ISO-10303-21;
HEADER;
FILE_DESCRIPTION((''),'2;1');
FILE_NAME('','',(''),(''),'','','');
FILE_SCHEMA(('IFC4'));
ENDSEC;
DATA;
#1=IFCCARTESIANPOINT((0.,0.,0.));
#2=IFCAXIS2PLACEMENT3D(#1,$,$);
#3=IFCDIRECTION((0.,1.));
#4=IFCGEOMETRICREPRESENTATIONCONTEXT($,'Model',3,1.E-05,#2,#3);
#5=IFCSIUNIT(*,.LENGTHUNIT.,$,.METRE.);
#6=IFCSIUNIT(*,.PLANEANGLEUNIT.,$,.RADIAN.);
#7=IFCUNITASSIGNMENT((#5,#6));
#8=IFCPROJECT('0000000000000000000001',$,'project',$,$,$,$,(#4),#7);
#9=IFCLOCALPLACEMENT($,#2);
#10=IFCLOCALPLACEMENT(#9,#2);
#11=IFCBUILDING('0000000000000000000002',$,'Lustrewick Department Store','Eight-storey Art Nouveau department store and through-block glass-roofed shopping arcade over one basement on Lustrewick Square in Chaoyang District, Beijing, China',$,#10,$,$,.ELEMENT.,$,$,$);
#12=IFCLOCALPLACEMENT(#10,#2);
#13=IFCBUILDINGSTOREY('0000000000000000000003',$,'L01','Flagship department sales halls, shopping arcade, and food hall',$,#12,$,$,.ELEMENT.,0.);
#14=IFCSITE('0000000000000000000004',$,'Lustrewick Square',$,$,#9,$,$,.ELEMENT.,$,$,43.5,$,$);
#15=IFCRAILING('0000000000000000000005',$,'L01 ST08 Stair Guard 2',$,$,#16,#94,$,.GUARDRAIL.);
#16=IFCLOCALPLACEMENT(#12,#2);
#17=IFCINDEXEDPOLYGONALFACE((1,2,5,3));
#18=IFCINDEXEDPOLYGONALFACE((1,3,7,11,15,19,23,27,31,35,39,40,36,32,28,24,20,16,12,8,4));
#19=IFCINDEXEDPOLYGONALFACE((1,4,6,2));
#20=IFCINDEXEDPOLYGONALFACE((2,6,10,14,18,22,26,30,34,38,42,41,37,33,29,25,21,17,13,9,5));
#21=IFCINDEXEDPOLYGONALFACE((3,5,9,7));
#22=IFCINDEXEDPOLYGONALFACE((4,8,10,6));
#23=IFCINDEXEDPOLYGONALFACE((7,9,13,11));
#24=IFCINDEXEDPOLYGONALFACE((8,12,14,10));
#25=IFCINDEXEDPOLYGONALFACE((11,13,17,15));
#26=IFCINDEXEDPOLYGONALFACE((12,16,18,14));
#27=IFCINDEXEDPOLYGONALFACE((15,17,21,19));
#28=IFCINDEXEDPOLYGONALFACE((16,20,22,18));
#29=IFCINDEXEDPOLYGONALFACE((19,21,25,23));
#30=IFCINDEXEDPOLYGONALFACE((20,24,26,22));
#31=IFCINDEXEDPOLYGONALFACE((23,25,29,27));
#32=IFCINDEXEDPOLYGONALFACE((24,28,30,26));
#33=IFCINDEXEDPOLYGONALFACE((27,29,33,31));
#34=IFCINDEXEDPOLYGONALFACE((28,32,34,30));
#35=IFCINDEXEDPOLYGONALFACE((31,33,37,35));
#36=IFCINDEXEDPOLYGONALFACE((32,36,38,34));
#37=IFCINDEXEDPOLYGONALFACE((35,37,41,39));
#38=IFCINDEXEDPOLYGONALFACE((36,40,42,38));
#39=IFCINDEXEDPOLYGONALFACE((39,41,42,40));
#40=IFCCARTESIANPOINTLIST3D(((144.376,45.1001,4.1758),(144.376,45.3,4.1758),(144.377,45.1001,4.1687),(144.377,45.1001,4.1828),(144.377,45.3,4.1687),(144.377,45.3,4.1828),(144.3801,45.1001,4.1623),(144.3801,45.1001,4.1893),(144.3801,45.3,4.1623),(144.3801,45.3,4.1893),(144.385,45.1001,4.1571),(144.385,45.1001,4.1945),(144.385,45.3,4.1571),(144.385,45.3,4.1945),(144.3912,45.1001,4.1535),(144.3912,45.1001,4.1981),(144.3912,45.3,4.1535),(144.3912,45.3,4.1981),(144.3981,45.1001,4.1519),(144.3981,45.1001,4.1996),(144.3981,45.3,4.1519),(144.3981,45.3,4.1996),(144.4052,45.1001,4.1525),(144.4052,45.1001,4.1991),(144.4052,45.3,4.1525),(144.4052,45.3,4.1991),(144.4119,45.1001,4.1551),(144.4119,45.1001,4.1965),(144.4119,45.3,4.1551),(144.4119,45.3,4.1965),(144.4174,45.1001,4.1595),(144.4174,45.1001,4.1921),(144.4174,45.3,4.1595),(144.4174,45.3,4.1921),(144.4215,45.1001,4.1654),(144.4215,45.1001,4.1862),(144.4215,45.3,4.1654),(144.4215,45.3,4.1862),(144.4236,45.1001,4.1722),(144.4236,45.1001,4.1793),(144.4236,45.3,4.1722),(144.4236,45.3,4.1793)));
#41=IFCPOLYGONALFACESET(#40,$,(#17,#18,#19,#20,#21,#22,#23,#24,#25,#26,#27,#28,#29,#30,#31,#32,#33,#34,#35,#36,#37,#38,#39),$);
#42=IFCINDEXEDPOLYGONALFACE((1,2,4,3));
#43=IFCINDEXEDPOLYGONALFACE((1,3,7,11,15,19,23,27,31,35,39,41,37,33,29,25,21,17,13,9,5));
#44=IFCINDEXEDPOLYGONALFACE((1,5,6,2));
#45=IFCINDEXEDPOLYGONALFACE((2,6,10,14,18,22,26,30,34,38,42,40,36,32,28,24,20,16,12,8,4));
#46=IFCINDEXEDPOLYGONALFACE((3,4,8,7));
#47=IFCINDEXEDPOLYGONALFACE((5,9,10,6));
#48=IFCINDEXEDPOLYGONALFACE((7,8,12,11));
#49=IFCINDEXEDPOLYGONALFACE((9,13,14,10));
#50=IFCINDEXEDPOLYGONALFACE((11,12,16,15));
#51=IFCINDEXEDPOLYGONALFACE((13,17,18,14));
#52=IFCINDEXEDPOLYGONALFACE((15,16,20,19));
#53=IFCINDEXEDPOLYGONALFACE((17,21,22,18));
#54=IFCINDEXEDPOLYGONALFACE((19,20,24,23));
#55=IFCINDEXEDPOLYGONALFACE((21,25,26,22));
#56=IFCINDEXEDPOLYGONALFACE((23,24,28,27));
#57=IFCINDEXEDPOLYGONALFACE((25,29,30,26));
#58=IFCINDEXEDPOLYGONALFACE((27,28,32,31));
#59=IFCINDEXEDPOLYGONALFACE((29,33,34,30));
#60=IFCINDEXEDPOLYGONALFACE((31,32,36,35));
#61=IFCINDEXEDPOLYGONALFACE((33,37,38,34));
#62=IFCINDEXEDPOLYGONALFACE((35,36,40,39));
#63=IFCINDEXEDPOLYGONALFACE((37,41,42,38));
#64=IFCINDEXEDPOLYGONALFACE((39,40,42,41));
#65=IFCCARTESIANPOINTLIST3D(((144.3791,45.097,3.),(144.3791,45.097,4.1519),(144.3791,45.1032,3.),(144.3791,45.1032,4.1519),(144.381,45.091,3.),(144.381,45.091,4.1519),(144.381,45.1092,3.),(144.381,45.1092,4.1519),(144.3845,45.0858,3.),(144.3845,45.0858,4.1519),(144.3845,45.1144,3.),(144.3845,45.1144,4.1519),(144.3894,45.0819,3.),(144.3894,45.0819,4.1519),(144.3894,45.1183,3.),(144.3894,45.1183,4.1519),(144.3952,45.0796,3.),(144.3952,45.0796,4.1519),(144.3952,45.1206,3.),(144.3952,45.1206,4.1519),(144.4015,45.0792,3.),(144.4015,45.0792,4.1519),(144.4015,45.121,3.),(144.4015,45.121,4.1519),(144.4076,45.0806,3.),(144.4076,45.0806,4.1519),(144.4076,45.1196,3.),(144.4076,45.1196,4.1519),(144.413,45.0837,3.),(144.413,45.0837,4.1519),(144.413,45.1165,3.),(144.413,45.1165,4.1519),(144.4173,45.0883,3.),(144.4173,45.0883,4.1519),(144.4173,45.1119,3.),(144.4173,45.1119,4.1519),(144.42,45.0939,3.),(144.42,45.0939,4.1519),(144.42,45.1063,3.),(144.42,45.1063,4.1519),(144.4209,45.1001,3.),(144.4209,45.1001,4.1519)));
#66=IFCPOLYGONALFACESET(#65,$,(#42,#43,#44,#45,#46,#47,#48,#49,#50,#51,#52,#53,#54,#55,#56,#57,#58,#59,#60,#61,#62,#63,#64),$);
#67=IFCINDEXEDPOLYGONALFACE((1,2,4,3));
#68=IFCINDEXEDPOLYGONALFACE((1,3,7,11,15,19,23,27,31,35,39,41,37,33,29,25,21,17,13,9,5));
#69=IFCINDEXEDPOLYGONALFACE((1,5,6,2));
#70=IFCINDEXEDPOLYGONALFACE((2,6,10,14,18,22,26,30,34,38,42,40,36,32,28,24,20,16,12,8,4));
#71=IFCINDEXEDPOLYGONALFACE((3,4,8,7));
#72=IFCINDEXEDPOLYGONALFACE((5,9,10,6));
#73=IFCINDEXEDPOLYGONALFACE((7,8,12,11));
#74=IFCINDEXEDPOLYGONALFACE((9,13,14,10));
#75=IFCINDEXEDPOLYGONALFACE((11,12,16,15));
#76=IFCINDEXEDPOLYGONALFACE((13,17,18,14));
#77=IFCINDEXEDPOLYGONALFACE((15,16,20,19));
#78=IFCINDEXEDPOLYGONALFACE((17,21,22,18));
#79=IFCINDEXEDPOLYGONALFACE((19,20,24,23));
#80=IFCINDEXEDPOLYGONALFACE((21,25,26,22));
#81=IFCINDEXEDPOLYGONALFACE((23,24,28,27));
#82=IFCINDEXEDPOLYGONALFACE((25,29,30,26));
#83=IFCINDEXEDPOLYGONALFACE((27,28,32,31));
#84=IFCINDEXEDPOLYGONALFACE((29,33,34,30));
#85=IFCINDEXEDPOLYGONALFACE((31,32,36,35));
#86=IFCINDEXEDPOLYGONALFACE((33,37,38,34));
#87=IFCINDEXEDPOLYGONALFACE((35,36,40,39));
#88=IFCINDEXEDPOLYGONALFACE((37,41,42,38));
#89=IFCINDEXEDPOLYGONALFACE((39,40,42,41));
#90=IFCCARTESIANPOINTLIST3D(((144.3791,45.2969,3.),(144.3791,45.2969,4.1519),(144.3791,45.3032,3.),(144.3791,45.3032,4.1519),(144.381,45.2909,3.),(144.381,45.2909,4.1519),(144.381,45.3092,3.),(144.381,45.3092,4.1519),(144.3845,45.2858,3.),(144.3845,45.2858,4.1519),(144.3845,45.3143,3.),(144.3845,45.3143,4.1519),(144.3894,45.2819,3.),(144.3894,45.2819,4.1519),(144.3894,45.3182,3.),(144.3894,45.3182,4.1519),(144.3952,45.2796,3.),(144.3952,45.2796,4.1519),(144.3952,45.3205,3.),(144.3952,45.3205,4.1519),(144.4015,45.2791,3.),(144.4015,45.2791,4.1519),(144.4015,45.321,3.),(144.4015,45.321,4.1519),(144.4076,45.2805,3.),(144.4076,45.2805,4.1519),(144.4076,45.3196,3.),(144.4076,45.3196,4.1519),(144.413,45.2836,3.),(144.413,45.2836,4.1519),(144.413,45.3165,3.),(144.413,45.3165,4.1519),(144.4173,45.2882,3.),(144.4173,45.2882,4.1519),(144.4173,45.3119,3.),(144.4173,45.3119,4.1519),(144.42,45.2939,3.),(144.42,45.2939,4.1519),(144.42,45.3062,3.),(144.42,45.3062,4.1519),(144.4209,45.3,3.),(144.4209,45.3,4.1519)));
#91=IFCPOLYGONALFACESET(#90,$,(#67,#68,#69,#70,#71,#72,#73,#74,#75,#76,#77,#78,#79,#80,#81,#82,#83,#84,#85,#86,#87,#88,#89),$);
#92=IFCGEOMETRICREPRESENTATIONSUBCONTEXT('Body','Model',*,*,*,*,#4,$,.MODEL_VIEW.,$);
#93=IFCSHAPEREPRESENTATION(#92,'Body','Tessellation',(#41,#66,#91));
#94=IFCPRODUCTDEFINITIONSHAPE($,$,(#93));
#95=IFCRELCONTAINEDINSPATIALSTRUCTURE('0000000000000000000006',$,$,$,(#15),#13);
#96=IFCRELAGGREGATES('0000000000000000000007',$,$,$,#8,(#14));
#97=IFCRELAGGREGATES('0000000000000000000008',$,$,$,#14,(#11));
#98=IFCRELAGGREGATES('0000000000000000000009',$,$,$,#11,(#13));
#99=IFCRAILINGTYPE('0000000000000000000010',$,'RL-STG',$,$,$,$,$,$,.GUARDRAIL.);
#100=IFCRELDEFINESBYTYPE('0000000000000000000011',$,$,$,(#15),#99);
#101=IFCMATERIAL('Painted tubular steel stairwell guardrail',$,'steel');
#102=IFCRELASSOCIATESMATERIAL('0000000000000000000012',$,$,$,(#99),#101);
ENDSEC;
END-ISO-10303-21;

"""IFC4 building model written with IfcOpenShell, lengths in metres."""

from ifc_helpers import new_model, si_unit, direction, frame, origin, origin_2d, place, context, subcontext, project, spatial, circle, extrude, material, type_object, element, save


model = new_model("IFC4")

# Units and contexts
model_context = context("Model", 3, precision=1e-05, world=origin(), true_north=direction((0.0, 1.0)))
body_context = subcontext(model_context, "Body", "Model", "MODEL_VIEW")
ifc_project = project(units=[si_unit("LENGTHUNIT", "METRE"), si_unit("PLANEANGLEUNIT", "RADIAN")], contexts=[model_context])

# Site, building, storey
site_placement = place(None, origin())
site = spatial("IfcSite", under=ifc_project, at=site_placement, Name="Lustrewick Square", CompositionType="ELEMENT", RefElevation=43.5)
building_placement = place(site_placement, origin())
building = spatial("IfcBuilding", under=site, at=building_placement, Name="Lustrewick Department Store", Description="Eight-storey Art Nouveau department store and through-block glass-roofed shopping arcade over one basement on Lustrewick Square in Chaoyang District, Beijing, China", CompositionType="ELEMENT")
storey_placement = place(building_placement, origin())
storey = spatial("IfcBuildingStorey", under=building, at=storey_placement, Name="L01", Description="Flagship department sales halls, shopping arcade, and food hall", CompositionType="ELEMENT", Elevation=0.0)

# Railing
ifc_material_1 = material(Name="Painted tubular steel stairwell guardrail", Category="steel")
railing_type_1 = type_object("IfcRailingType", Name="RL-STG", PredefinedType="GUARDRAIL", material=ifc_material_1)
railing_1_placement = place(storey_placement, frame((144.3999, 45.1001, 3.0)))
element("IfcRailing", 1, at=railing_1_placement, inside=storey, type_object=railing_type_1, Name="L01 ST08 Stair Guard 2", PredefinedType="GUARDRAIL", context=body_context, shape_type="SweptSolid", body=[
    extrude(circle(Radius=0.0239, at=origin_2d()), frame((0.0, 0.0, 1.1758), z_axis=(0.0, 1.0, 0.0), x_axis=(-1.0, 0.0, 0.0)), (0.0, 0.0, 1.0), 0.2),
    extrude(circle(Radius=0.021, at=origin_2d()), origin(), (0.0, 0.0, 1.0), 1.1519),
    extrude(circle(Radius=0.021, at=origin_2d()), frame((0.0, 0.2, 0.0)), (0.0, 0.0, 1.0), 1.1519),
])

save(model, "model.ifc")
